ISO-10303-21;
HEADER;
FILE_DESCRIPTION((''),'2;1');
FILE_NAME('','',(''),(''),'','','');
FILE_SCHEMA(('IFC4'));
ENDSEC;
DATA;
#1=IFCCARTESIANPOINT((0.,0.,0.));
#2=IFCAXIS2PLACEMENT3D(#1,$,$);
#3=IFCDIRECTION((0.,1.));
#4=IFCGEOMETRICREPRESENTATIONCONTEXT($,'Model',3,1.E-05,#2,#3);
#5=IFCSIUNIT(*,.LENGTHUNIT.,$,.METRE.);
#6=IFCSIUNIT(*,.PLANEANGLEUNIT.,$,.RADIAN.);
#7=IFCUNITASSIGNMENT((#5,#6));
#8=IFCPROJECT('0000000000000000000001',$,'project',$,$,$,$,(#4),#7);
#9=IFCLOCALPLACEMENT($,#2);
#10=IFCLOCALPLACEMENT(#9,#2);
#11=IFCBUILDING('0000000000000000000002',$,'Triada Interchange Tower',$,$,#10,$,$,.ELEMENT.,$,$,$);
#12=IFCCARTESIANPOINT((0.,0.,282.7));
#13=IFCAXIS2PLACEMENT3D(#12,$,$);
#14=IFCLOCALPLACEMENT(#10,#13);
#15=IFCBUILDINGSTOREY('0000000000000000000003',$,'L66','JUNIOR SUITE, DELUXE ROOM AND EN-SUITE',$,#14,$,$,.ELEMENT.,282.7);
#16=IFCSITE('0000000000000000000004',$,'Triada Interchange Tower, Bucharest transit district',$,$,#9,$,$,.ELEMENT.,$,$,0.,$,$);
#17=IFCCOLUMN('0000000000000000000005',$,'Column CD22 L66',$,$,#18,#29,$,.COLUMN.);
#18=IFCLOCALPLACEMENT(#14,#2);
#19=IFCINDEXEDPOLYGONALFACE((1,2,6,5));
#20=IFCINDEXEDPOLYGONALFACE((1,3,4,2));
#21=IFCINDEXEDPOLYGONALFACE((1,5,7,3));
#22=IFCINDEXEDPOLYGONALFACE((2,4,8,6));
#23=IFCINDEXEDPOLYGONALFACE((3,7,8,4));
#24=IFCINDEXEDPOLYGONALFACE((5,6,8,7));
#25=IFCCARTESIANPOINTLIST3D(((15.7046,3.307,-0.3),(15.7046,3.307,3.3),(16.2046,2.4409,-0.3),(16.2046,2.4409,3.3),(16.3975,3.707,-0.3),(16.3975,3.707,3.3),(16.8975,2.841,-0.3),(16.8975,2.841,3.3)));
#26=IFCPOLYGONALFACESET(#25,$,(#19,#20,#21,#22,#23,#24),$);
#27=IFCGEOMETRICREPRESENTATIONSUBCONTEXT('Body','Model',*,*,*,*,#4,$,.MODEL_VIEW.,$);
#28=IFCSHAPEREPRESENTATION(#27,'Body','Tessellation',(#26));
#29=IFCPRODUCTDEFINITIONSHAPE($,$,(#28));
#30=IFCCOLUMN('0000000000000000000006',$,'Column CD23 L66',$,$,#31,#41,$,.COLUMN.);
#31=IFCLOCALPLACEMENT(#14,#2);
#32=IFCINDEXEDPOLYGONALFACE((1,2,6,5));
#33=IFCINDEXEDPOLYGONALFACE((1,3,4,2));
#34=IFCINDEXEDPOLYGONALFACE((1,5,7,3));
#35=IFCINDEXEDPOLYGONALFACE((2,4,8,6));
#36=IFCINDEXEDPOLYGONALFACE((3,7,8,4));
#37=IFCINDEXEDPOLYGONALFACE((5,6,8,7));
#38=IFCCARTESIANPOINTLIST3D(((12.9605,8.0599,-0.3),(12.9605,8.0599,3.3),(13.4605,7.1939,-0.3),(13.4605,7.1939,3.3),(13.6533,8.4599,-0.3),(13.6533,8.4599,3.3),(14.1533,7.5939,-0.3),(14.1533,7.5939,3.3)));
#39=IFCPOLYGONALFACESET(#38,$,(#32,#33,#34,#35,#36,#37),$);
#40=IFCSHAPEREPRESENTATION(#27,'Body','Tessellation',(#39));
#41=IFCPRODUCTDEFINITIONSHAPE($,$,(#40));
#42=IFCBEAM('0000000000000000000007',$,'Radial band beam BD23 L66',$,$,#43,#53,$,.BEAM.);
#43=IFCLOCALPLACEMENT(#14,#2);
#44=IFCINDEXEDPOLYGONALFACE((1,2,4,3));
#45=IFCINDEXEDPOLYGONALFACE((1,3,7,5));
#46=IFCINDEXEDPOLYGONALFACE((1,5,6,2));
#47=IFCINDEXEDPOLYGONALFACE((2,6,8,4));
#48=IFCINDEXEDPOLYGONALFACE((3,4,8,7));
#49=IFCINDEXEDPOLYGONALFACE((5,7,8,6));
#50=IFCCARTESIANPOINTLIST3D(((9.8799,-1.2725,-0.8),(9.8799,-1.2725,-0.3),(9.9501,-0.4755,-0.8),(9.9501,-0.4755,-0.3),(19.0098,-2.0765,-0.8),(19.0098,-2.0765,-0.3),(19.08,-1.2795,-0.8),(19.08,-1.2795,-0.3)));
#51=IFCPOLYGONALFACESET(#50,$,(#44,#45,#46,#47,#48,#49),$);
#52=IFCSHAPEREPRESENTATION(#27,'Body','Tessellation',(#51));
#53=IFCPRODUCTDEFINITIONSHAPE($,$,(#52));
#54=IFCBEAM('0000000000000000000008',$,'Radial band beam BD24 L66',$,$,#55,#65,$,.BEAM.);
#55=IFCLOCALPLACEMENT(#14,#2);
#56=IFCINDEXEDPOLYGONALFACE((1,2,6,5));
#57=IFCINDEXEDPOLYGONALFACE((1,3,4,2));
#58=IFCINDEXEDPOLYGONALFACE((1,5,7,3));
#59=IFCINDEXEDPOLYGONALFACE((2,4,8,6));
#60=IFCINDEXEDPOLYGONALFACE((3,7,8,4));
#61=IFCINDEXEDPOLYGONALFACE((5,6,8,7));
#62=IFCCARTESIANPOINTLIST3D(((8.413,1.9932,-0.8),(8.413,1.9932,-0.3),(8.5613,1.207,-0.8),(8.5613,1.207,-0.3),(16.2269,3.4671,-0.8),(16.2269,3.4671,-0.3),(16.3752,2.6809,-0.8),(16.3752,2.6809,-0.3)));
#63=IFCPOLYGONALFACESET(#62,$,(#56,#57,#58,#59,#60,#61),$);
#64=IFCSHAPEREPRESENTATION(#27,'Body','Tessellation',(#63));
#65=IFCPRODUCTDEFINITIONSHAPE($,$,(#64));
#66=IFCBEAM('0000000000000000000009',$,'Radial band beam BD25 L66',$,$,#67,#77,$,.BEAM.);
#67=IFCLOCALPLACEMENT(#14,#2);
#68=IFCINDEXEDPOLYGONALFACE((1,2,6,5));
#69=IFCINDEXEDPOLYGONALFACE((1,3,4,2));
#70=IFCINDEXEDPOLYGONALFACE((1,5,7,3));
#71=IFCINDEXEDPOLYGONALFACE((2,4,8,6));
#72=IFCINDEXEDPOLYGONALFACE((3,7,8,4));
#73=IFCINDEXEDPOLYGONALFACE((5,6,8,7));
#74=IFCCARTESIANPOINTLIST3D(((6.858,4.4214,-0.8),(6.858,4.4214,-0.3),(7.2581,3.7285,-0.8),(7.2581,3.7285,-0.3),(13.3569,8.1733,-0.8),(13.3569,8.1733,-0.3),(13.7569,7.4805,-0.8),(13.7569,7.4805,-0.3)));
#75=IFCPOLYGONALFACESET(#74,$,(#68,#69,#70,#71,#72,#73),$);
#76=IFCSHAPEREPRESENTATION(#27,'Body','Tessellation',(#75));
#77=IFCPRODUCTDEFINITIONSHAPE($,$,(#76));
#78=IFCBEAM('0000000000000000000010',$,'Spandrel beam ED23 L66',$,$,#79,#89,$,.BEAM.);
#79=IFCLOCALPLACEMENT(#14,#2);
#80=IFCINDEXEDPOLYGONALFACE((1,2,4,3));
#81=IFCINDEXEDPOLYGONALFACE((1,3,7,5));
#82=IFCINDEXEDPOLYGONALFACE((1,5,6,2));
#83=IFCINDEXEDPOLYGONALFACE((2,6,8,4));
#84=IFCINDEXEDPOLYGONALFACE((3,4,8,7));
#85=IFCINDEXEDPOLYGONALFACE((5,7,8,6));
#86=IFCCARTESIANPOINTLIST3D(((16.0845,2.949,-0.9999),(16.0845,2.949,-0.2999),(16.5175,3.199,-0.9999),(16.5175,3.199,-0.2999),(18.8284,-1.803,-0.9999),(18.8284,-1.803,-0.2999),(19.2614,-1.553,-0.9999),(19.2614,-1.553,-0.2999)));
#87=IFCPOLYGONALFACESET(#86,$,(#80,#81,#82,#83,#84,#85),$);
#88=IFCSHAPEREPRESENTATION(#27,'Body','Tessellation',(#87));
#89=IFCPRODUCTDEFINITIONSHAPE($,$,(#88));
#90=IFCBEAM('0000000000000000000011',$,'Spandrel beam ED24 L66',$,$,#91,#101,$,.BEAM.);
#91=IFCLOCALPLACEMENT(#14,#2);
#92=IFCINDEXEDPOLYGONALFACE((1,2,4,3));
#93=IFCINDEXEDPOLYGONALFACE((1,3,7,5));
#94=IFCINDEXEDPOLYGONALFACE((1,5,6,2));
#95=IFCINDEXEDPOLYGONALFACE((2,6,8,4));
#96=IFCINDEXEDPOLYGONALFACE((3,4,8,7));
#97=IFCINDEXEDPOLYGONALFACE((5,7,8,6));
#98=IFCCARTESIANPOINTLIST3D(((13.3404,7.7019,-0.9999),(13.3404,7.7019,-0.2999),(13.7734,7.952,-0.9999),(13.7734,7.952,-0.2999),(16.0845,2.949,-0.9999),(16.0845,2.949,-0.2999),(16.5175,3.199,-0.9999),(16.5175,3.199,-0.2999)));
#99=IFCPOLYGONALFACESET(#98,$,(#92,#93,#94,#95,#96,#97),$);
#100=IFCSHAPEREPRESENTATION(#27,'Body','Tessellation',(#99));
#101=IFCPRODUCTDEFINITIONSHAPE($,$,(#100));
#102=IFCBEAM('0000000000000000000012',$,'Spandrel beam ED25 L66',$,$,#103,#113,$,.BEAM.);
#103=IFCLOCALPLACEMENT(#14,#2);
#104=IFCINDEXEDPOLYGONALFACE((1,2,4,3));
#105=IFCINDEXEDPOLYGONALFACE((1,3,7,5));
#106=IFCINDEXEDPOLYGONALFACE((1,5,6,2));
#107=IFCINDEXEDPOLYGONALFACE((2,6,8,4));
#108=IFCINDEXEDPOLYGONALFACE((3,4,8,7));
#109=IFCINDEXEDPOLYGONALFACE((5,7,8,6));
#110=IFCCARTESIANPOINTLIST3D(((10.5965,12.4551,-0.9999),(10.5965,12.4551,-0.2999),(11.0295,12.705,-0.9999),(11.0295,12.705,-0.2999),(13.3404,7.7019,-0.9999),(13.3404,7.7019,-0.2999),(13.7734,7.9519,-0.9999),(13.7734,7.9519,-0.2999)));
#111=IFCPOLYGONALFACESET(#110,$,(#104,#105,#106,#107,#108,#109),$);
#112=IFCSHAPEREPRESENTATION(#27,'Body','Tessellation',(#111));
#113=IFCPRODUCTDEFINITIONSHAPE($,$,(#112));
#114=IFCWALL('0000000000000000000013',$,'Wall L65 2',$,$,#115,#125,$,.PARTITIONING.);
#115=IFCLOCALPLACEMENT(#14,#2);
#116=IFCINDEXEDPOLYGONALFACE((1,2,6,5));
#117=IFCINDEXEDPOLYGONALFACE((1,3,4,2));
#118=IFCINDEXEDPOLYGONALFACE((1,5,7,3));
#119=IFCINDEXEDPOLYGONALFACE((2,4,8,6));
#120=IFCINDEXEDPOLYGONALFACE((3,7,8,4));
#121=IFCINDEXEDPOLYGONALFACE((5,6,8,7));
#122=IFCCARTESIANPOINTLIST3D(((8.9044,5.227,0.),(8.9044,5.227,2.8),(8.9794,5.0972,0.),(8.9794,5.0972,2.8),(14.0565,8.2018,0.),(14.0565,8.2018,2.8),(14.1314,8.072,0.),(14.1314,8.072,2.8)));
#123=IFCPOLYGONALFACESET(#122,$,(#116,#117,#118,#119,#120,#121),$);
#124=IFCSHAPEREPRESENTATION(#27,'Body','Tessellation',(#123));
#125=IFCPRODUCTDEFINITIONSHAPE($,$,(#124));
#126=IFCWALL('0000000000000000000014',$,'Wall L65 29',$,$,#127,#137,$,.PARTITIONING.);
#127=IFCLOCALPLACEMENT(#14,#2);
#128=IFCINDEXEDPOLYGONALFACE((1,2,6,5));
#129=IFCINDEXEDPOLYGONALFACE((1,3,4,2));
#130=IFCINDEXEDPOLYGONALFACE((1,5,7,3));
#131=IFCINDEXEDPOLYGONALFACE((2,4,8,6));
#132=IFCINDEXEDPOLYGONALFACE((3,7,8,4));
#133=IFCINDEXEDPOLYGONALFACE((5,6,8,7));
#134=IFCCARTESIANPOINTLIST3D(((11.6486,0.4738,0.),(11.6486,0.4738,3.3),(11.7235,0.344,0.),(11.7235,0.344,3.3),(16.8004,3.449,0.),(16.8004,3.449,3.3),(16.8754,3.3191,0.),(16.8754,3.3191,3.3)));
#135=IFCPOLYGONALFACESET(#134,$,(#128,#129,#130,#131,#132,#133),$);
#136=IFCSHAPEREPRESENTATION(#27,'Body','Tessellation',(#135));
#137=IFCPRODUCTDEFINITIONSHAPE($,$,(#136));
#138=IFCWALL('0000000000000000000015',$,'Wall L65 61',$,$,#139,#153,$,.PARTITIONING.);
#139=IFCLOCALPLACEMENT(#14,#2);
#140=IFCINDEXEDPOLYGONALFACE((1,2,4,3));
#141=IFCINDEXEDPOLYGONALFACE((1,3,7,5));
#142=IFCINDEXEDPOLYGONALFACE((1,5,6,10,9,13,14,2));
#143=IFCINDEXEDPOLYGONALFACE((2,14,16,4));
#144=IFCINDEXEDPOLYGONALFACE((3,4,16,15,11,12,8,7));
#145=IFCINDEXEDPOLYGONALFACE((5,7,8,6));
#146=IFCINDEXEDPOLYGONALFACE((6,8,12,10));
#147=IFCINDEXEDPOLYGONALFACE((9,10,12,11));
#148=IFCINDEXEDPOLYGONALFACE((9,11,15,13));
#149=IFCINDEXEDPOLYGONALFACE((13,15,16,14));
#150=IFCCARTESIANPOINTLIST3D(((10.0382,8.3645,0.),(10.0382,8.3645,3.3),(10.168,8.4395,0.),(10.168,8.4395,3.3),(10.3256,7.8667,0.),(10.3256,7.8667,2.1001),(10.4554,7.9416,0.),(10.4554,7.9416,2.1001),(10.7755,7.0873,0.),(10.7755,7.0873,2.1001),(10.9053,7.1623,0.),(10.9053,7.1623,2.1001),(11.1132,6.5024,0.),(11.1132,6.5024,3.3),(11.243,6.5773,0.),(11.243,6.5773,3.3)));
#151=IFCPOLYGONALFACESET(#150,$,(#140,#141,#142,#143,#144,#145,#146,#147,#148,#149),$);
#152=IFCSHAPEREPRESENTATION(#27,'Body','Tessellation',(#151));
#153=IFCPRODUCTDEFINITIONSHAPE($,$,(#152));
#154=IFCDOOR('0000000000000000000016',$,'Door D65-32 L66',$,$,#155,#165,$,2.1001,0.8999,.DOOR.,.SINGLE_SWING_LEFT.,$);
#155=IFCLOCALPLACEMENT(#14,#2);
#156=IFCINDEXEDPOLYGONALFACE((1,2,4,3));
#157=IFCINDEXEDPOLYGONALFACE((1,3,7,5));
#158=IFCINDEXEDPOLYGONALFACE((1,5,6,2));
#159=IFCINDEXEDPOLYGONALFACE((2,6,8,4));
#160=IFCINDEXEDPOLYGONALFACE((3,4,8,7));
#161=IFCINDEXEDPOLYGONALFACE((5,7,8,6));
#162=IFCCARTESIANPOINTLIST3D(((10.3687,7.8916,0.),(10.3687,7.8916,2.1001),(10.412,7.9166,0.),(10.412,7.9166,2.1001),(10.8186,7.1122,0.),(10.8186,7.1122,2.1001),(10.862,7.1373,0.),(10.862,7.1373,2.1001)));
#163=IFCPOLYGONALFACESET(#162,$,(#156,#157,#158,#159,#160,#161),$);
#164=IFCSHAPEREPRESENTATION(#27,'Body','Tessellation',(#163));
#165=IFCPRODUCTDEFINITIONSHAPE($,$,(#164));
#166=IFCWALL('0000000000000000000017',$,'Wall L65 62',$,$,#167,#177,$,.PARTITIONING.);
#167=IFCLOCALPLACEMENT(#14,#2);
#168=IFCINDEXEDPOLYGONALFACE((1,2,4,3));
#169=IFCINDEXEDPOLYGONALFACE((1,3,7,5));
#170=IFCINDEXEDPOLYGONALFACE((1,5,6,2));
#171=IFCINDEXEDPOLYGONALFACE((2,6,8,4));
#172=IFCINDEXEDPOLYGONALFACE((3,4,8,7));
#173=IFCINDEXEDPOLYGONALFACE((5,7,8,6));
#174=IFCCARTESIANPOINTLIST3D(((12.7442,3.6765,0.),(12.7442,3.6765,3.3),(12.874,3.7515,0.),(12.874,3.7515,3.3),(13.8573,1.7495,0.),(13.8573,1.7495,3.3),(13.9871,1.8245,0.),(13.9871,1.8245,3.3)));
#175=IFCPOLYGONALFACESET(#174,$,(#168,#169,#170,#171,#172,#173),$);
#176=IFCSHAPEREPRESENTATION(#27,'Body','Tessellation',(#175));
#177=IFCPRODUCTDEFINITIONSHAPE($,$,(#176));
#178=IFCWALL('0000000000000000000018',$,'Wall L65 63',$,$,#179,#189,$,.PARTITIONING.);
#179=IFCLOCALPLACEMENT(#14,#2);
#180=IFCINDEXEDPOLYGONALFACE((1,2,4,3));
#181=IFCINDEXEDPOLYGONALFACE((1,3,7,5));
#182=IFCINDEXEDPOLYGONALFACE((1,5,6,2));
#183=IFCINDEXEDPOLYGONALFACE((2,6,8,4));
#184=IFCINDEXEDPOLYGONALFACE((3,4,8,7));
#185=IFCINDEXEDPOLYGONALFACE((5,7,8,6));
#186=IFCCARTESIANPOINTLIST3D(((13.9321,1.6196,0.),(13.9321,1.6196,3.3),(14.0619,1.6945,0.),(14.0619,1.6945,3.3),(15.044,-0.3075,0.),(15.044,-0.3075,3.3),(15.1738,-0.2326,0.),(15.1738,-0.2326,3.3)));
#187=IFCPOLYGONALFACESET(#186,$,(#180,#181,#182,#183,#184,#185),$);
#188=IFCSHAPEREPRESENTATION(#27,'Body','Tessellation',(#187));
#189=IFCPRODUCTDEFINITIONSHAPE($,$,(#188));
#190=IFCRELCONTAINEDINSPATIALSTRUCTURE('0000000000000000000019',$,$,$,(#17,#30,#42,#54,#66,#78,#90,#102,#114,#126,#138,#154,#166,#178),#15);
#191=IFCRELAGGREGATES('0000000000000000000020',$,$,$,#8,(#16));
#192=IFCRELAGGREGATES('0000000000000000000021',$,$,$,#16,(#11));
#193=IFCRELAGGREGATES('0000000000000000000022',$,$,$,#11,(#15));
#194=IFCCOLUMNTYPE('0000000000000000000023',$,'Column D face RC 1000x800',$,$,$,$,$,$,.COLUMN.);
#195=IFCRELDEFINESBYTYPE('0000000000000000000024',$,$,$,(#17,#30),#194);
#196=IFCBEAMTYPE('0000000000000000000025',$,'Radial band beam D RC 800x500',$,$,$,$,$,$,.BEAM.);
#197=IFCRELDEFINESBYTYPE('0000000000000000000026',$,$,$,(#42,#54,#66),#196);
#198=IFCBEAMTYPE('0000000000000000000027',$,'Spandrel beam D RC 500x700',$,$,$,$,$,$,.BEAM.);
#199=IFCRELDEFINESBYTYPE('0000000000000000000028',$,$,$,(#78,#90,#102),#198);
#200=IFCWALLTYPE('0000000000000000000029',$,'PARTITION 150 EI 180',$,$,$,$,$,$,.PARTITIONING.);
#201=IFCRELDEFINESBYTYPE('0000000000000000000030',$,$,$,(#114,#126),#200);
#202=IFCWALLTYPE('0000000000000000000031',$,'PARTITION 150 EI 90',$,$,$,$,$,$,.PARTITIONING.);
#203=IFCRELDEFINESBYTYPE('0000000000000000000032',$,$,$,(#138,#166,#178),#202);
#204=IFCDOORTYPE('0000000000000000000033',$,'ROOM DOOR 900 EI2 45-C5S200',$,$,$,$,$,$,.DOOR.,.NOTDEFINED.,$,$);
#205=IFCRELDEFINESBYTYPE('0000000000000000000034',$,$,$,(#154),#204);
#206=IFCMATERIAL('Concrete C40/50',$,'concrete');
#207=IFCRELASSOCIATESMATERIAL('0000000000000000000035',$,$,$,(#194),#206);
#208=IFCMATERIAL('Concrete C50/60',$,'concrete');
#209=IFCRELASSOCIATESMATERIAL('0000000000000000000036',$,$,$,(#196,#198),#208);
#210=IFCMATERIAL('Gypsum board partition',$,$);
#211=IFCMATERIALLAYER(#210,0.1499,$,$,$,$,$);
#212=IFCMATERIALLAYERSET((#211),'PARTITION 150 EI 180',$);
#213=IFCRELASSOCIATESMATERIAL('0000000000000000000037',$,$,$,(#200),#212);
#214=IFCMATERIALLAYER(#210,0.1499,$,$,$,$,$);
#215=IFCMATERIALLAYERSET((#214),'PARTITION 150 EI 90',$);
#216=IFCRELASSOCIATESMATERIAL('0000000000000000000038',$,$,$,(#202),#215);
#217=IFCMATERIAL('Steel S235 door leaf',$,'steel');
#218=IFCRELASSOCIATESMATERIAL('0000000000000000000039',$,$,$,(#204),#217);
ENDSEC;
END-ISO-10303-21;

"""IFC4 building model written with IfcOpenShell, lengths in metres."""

from ifc_helpers import new_model, si_unit, direction, frame, frame_2d, origin, origin_2d, place, context, subcontext, project, spatial, rectangle, extrude, material, layer, layer_set, material_profile, profile_set, type_object, element, fill, save


model = new_model("IFC4")

# Units and contexts
model_context = context("Model", 3, precision=1e-05, world=origin(), true_north=direction((0.0, 1.0)))
body_context = subcontext(model_context, "Body", "Model", "MODEL_VIEW")
ifc_project = project(units=[si_unit("LENGTHUNIT", "METRE"), si_unit("PLANEANGLEUNIT", "RADIAN")], contexts=[model_context])

# Site, building, storey
site_placement = place(None, origin())
site = spatial("IfcSite", under=ifc_project, at=site_placement, Name="Triada Interchange Tower, Bucharest transit district", CompositionType="ELEMENT", RefElevation=0.0)
building_placement = place(site_placement, origin())
building = spatial("IfcBuilding", under=site, at=building_placement, Name="Triada Interchange Tower", CompositionType="ELEMENT")
storey_placement = place(building_placement, frame((0.0, 0.0, 282.7)))
storey = spatial("IfcBuildingStorey", under=building, at=storey_placement, Name="L66", Description="JUNIOR SUITE, DELUXE ROOM AND EN-SUITE", CompositionType="ELEMENT", Elevation=282.7)

# Columns
ifc_material_1 = material(Name="Concrete C40/50", Category="concrete")
ifc_material_profile_1 = material_profile(ifc_material_1, rectangle(XDim=1.0, YDim=0.8, at=origin_2d()), Name="RC 1000x800")
ifc_profile_set_1 = profile_set([ifc_material_profile_1], Name="Concrete C40/50")
column_type = type_object("IfcColumnType", Name="Column D face RC 1000x800", PredefinedType="COLUMN", material=ifc_profile_set_1)
for number, where, z_axis, x_axis, name in (
    (1, (16.301, 3.074, -0.3), (0.0, 0.0, 1.0), (-0.5, 0.866025, 0.0), "Column CD22 L66"),
    (2, (13.5569, 7.8269, -0.3), (0.0, 0.0, 1.0), (-0.5, 0.866025, 0.0), "Column CD23 L66"),
):
    element("IfcColumn", number, at=place(storey_placement, frame(where, z_axis=z_axis, x_axis=x_axis)), inside=storey, type_object=column_type, Name=name, PredefinedType="COLUMN", context=body_context, shape_type="SweptSolid", body=[
        extrude(rectangle(XDim=1.0, YDim=0.8, at=origin_2d()), origin(), (0.0, 0.0, 1.0), 3.6001),
    ])

# Beams
ifc_material_2 = material(Name="Concrete C50/60", Category="concrete")
ifc_material_profile_2 = material_profile(ifc_material_2, rectangle(XDim=0.8, YDim=0.5, at=origin_2d()), Name="RC 800x500")
ifc_profile_set_2 = profile_set([ifc_material_profile_2], Name="Concrete C50/60")
beam_type_1 = type_object("IfcBeamType", Name="Radial band beam D RC 800x500", PredefinedType="BEAM", material=ifc_profile_set_2)
beam_1_placement = place(storey_placement, frame((19.0449, -1.678, -0.55), z_axis=(-0.996145, 0.087718, 0.0), x_axis=(-0.087718, -0.996145, 0.0)))
element("IfcBeam", 3, at=beam_1_placement, inside=storey, type_object=beam_type_1, Name="Radial band beam BD23 L66", PredefinedType="BEAM", context=body_context, shape_type="SweptSolid", body=[
    extrude(rectangle(XDim=0.8, YDim=0.5, at=origin_2d()), origin(), (0.0, 0.0, 1.0), 9.1653),
])
beam_2_placement = place(storey_placement, frame((16.301, 3.074, -0.55), z_axis=(-0.982672, -0.185352, 0.0), x_axis=(0.185352, -0.982672, 0.0)))
element("IfcBeam", 4, at=beam_2_placement, inside=storey, type_object=beam_type_1, Name="Radial band beam BD24 L66", PredefinedType="BEAM", context=body_context, shape_type="SweptSolid", body=[
    extrude(rectangle(XDim=0.8, YDim=0.5, at=origin_2d()), origin(), (0.0, 0.0, 1.0), 7.9517),
])
beam_3_placement = place(storey_placement, frame((13.5569, 7.8269, -0.55), z_axis=(-0.866032, -0.499988, 0.0), x_axis=(0.499988, -0.866032, 0.0)))
element("IfcBeam", 5, at=beam_3_placement, inside=storey, type_object=beam_type_1, Name="Radial band beam BD25 L66", PredefinedType="BEAM", context=body_context, shape_type="SweptSolid", body=[
    extrude(rectangle(XDim=0.8, YDim=0.5, at=origin_2d()), origin(), (0.0, 0.0, 1.0), 7.5042),
])
ifc_material_profile_3 = material_profile(ifc_material_2, rectangle(XDim=0.5, YDim=0.7, at=origin_2d()), Name="RC 500x700")
ifc_profile_set_3 = profile_set([ifc_material_profile_3], Name="Concrete C50/60")
beam_type_2 = type_object("IfcBeamType", Name="Spandrel beam D RC 500x700", PredefinedType="BEAM", material=ifc_profile_set_3)
beam_4_placement = place(storey_placement, frame((19.0449, -1.678, -0.6499), z_axis=(-0.500049, 0.865997, 0.0), x_axis=(-0.865997, -0.500049, 0.0)))
element("IfcBeam", 6, at=beam_4_placement, inside=storey, type_object=beam_type_2, Name="Spandrel beam ED23 L66", PredefinedType="BEAM", context=body_context, shape_type="SweptSolid", body=[
    extrude(rectangle(XDim=0.5, YDim=0.7, at=origin_2d()), origin(), (0.0, 0.0, 1.0), 5.4873),
])
for number, where, z_axis, x_axis, name in (
    (7, (16.301, 3.074, -0.6499), (-0.500005, 0.866023, 0.0), (-0.866023, -0.500005, 0.0), "Spandrel beam ED24 L66"),
    (8, (13.5569, 7.8269, -0.6499), (-0.499952, 0.866053, 0.0), (-0.866053, -0.499952, 0.0), "Spandrel beam ED25 L66"),
):
    element("IfcBeam", number, at=place(storey_placement, frame(where, z_axis=z_axis, x_axis=x_axis)), inside=storey, type_object=beam_type_2, Name=name, PredefinedType="BEAM", context=body_context, shape_type="SweptSolid", body=[
        extrude(rectangle(XDim=0.5, YDim=0.7, at=origin_2d()), origin(), (0.0, 0.0, 1.0), 5.4883),
    ])

# Walls
ifc_material_3 = material(Name="Gypsum board partition")
ifc_layer_1 = layer(ifc_material_3, 0.1499)
ifc_layer_set_1 = layer_set([ifc_layer_1], Name="PARTITION 150 EI 180")
wall_type_1 = type_object("IfcWallType", Name="PARTITION 150 EI 180", PredefinedType="PARTITIONING", material=ifc_layer_set_1)
wall_1_placement = place(storey_placement, frame((8.9419, 5.1621, 0.0), z_axis=(0.0, 0.0, 1.0), x_axis=(0.866004, 0.500036, 0.0)))
element("IfcWall", 9, at=wall_1_placement, inside=storey, type_object=wall_type_1, Name="Wall L65 2", PredefinedType="PARTITIONING", context=body_context, shape_type="SweptSolid", body=[
    extrude(rectangle(XDim=5.9492, YDim=0.1499, at=frame_2d((2.9746, 0.0))), origin(), (0.0, 0.0, 1.0), 2.8),
])
wall_2_placement = place(storey_placement, frame((11.686, 0.4089, 0.0), z_axis=(0.0, 0.0, 1.0), x_axis=(0.865976, 0.500085, 0.0)))
element("IfcWall", 10, at=wall_2_placement, inside=storey, type_object=wall_type_1, Name="Wall L65 29", PredefinedType="PARTITIONING", context=body_context, shape_type="SweptSolid", body=[
    extrude(rectangle(XDim=5.9492, YDim=0.1499, at=frame_2d((2.9746, 0.0))), origin(), (0.0, 0.0, 1.0), 3.3),
])

# Wall, opening, door
ifc_layer_2 = layer(ifc_material_3, 0.1499)
ifc_layer_set_2 = layer_set([ifc_layer_2], Name="PARTITION 150 EI 90")
wall_type_2 = type_object("IfcWallType", Name="PARTITION 150 EI 90", PredefinedType="PARTITIONING", material=ifc_layer_set_2)
wall_3_placement = place(storey_placement, frame((10.103, 8.4021, 0.0), z_axis=(0.0, 0.0, 1.0), x_axis=(0.499962, -0.866048, 0.0)))
wall_3 = element("IfcWall", 11, at=wall_3_placement, inside=storey, type_object=wall_type_2, Name="Wall L65 61", PredefinedType="PARTITIONING", context=body_context, shape_type="SweptSolid", body=[
    extrude(rectangle(XDim=2.1501, YDim=0.1499, at=frame_2d((1.0752, 0.0))), origin(), (0.0, 0.0, 1.0), 3.3),
])
opening_1_placement = place(wall_3_placement, frame((0.575, 0.0, 0.0)))
opening_1 = element("IfcOpeningElement", 12, at=opening_1_placement, cuts=wall_3, PredefinedType="OPENING", context=body_context, shape_type="SweptSolid", body=[
    extrude(rectangle(XDim=0.8999, YDim=2.1001, at=frame_2d((0.45, 1.05))), frame((0.0, 0.085, 0.0), z_axis=(0.0, -1.0, 0.0), x_axis=(1.0, 0.0, 0.0)), (0.0, 0.0, 1.0), 0.1699),
])
ifc_material_4 = material(Name="Steel S235 door leaf", Category="steel")
door_type = type_object("IfcDoorType", Name="ROOM DOOR 900 EI2 45-C5S200", OperationType="NOTDEFINED", PredefinedType="DOOR", material=ifc_material_4)
door_1_placement = place(opening_1_placement, origin())
door_1 = element("IfcDoor", 13, at=door_1_placement, inside=storey, type_object=door_type, Name="Door D65-32 L66", OperationType="SINGLE_SWING_LEFT", OverallHeight=2.1001, OverallWidth=0.8999, PredefinedType="DOOR", context=body_context, shape_type="SweptSolid", body=[
    extrude(rectangle(XDim=0.8999, YDim=2.1001, at=frame_2d((0.45, 1.05))), frame((0.0, 0.0249, 0.0), z_axis=(0.0, -1.0, 0.0), x_axis=(1.0, 0.0, 0.0)), (0.0, 0.0, 1.0), 0.05),
])
fill(opening_1, door_1)

# Walls
wall_4_placement = place(storey_placement, frame((12.8091, 3.7141, 0.0), z_axis=(0.0, 0.0, 1.0), x_axis=(0.500162, -0.865932, 0.0)))
element("IfcWall", 14, at=wall_4_placement, inside=storey, type_object=wall_type_2, Name="Wall L65 62", PredefinedType="PARTITIONING", context=body_context, shape_type="SweptSolid", body=[
    extrude(rectangle(XDim=2.2253, YDim=0.1499, at=frame_2d((1.1128, 0.0))), origin(), (0.0, 0.0, 1.0), 3.3),
])
wall_5_placement = place(storey_placement, frame((13.9971, 1.657, 0.0), z_axis=(0.0, 0.0, 1.0), x_axis=(0.499751, -0.866169, 0.0)))
element("IfcWall", 15, at=wall_5_placement, inside=storey, type_object=wall_type_2, Name="Wall L65 63", PredefinedType="PARTITIONING", context=body_context, shape_type="SweptSolid", body=[
    extrude(rectangle(XDim=2.2249, YDim=0.1499, at=frame_2d((1.1123, 0.0))), origin(), (0.0, 0.0, 1.0), 3.3),
])

save(model, "model.ifc")
